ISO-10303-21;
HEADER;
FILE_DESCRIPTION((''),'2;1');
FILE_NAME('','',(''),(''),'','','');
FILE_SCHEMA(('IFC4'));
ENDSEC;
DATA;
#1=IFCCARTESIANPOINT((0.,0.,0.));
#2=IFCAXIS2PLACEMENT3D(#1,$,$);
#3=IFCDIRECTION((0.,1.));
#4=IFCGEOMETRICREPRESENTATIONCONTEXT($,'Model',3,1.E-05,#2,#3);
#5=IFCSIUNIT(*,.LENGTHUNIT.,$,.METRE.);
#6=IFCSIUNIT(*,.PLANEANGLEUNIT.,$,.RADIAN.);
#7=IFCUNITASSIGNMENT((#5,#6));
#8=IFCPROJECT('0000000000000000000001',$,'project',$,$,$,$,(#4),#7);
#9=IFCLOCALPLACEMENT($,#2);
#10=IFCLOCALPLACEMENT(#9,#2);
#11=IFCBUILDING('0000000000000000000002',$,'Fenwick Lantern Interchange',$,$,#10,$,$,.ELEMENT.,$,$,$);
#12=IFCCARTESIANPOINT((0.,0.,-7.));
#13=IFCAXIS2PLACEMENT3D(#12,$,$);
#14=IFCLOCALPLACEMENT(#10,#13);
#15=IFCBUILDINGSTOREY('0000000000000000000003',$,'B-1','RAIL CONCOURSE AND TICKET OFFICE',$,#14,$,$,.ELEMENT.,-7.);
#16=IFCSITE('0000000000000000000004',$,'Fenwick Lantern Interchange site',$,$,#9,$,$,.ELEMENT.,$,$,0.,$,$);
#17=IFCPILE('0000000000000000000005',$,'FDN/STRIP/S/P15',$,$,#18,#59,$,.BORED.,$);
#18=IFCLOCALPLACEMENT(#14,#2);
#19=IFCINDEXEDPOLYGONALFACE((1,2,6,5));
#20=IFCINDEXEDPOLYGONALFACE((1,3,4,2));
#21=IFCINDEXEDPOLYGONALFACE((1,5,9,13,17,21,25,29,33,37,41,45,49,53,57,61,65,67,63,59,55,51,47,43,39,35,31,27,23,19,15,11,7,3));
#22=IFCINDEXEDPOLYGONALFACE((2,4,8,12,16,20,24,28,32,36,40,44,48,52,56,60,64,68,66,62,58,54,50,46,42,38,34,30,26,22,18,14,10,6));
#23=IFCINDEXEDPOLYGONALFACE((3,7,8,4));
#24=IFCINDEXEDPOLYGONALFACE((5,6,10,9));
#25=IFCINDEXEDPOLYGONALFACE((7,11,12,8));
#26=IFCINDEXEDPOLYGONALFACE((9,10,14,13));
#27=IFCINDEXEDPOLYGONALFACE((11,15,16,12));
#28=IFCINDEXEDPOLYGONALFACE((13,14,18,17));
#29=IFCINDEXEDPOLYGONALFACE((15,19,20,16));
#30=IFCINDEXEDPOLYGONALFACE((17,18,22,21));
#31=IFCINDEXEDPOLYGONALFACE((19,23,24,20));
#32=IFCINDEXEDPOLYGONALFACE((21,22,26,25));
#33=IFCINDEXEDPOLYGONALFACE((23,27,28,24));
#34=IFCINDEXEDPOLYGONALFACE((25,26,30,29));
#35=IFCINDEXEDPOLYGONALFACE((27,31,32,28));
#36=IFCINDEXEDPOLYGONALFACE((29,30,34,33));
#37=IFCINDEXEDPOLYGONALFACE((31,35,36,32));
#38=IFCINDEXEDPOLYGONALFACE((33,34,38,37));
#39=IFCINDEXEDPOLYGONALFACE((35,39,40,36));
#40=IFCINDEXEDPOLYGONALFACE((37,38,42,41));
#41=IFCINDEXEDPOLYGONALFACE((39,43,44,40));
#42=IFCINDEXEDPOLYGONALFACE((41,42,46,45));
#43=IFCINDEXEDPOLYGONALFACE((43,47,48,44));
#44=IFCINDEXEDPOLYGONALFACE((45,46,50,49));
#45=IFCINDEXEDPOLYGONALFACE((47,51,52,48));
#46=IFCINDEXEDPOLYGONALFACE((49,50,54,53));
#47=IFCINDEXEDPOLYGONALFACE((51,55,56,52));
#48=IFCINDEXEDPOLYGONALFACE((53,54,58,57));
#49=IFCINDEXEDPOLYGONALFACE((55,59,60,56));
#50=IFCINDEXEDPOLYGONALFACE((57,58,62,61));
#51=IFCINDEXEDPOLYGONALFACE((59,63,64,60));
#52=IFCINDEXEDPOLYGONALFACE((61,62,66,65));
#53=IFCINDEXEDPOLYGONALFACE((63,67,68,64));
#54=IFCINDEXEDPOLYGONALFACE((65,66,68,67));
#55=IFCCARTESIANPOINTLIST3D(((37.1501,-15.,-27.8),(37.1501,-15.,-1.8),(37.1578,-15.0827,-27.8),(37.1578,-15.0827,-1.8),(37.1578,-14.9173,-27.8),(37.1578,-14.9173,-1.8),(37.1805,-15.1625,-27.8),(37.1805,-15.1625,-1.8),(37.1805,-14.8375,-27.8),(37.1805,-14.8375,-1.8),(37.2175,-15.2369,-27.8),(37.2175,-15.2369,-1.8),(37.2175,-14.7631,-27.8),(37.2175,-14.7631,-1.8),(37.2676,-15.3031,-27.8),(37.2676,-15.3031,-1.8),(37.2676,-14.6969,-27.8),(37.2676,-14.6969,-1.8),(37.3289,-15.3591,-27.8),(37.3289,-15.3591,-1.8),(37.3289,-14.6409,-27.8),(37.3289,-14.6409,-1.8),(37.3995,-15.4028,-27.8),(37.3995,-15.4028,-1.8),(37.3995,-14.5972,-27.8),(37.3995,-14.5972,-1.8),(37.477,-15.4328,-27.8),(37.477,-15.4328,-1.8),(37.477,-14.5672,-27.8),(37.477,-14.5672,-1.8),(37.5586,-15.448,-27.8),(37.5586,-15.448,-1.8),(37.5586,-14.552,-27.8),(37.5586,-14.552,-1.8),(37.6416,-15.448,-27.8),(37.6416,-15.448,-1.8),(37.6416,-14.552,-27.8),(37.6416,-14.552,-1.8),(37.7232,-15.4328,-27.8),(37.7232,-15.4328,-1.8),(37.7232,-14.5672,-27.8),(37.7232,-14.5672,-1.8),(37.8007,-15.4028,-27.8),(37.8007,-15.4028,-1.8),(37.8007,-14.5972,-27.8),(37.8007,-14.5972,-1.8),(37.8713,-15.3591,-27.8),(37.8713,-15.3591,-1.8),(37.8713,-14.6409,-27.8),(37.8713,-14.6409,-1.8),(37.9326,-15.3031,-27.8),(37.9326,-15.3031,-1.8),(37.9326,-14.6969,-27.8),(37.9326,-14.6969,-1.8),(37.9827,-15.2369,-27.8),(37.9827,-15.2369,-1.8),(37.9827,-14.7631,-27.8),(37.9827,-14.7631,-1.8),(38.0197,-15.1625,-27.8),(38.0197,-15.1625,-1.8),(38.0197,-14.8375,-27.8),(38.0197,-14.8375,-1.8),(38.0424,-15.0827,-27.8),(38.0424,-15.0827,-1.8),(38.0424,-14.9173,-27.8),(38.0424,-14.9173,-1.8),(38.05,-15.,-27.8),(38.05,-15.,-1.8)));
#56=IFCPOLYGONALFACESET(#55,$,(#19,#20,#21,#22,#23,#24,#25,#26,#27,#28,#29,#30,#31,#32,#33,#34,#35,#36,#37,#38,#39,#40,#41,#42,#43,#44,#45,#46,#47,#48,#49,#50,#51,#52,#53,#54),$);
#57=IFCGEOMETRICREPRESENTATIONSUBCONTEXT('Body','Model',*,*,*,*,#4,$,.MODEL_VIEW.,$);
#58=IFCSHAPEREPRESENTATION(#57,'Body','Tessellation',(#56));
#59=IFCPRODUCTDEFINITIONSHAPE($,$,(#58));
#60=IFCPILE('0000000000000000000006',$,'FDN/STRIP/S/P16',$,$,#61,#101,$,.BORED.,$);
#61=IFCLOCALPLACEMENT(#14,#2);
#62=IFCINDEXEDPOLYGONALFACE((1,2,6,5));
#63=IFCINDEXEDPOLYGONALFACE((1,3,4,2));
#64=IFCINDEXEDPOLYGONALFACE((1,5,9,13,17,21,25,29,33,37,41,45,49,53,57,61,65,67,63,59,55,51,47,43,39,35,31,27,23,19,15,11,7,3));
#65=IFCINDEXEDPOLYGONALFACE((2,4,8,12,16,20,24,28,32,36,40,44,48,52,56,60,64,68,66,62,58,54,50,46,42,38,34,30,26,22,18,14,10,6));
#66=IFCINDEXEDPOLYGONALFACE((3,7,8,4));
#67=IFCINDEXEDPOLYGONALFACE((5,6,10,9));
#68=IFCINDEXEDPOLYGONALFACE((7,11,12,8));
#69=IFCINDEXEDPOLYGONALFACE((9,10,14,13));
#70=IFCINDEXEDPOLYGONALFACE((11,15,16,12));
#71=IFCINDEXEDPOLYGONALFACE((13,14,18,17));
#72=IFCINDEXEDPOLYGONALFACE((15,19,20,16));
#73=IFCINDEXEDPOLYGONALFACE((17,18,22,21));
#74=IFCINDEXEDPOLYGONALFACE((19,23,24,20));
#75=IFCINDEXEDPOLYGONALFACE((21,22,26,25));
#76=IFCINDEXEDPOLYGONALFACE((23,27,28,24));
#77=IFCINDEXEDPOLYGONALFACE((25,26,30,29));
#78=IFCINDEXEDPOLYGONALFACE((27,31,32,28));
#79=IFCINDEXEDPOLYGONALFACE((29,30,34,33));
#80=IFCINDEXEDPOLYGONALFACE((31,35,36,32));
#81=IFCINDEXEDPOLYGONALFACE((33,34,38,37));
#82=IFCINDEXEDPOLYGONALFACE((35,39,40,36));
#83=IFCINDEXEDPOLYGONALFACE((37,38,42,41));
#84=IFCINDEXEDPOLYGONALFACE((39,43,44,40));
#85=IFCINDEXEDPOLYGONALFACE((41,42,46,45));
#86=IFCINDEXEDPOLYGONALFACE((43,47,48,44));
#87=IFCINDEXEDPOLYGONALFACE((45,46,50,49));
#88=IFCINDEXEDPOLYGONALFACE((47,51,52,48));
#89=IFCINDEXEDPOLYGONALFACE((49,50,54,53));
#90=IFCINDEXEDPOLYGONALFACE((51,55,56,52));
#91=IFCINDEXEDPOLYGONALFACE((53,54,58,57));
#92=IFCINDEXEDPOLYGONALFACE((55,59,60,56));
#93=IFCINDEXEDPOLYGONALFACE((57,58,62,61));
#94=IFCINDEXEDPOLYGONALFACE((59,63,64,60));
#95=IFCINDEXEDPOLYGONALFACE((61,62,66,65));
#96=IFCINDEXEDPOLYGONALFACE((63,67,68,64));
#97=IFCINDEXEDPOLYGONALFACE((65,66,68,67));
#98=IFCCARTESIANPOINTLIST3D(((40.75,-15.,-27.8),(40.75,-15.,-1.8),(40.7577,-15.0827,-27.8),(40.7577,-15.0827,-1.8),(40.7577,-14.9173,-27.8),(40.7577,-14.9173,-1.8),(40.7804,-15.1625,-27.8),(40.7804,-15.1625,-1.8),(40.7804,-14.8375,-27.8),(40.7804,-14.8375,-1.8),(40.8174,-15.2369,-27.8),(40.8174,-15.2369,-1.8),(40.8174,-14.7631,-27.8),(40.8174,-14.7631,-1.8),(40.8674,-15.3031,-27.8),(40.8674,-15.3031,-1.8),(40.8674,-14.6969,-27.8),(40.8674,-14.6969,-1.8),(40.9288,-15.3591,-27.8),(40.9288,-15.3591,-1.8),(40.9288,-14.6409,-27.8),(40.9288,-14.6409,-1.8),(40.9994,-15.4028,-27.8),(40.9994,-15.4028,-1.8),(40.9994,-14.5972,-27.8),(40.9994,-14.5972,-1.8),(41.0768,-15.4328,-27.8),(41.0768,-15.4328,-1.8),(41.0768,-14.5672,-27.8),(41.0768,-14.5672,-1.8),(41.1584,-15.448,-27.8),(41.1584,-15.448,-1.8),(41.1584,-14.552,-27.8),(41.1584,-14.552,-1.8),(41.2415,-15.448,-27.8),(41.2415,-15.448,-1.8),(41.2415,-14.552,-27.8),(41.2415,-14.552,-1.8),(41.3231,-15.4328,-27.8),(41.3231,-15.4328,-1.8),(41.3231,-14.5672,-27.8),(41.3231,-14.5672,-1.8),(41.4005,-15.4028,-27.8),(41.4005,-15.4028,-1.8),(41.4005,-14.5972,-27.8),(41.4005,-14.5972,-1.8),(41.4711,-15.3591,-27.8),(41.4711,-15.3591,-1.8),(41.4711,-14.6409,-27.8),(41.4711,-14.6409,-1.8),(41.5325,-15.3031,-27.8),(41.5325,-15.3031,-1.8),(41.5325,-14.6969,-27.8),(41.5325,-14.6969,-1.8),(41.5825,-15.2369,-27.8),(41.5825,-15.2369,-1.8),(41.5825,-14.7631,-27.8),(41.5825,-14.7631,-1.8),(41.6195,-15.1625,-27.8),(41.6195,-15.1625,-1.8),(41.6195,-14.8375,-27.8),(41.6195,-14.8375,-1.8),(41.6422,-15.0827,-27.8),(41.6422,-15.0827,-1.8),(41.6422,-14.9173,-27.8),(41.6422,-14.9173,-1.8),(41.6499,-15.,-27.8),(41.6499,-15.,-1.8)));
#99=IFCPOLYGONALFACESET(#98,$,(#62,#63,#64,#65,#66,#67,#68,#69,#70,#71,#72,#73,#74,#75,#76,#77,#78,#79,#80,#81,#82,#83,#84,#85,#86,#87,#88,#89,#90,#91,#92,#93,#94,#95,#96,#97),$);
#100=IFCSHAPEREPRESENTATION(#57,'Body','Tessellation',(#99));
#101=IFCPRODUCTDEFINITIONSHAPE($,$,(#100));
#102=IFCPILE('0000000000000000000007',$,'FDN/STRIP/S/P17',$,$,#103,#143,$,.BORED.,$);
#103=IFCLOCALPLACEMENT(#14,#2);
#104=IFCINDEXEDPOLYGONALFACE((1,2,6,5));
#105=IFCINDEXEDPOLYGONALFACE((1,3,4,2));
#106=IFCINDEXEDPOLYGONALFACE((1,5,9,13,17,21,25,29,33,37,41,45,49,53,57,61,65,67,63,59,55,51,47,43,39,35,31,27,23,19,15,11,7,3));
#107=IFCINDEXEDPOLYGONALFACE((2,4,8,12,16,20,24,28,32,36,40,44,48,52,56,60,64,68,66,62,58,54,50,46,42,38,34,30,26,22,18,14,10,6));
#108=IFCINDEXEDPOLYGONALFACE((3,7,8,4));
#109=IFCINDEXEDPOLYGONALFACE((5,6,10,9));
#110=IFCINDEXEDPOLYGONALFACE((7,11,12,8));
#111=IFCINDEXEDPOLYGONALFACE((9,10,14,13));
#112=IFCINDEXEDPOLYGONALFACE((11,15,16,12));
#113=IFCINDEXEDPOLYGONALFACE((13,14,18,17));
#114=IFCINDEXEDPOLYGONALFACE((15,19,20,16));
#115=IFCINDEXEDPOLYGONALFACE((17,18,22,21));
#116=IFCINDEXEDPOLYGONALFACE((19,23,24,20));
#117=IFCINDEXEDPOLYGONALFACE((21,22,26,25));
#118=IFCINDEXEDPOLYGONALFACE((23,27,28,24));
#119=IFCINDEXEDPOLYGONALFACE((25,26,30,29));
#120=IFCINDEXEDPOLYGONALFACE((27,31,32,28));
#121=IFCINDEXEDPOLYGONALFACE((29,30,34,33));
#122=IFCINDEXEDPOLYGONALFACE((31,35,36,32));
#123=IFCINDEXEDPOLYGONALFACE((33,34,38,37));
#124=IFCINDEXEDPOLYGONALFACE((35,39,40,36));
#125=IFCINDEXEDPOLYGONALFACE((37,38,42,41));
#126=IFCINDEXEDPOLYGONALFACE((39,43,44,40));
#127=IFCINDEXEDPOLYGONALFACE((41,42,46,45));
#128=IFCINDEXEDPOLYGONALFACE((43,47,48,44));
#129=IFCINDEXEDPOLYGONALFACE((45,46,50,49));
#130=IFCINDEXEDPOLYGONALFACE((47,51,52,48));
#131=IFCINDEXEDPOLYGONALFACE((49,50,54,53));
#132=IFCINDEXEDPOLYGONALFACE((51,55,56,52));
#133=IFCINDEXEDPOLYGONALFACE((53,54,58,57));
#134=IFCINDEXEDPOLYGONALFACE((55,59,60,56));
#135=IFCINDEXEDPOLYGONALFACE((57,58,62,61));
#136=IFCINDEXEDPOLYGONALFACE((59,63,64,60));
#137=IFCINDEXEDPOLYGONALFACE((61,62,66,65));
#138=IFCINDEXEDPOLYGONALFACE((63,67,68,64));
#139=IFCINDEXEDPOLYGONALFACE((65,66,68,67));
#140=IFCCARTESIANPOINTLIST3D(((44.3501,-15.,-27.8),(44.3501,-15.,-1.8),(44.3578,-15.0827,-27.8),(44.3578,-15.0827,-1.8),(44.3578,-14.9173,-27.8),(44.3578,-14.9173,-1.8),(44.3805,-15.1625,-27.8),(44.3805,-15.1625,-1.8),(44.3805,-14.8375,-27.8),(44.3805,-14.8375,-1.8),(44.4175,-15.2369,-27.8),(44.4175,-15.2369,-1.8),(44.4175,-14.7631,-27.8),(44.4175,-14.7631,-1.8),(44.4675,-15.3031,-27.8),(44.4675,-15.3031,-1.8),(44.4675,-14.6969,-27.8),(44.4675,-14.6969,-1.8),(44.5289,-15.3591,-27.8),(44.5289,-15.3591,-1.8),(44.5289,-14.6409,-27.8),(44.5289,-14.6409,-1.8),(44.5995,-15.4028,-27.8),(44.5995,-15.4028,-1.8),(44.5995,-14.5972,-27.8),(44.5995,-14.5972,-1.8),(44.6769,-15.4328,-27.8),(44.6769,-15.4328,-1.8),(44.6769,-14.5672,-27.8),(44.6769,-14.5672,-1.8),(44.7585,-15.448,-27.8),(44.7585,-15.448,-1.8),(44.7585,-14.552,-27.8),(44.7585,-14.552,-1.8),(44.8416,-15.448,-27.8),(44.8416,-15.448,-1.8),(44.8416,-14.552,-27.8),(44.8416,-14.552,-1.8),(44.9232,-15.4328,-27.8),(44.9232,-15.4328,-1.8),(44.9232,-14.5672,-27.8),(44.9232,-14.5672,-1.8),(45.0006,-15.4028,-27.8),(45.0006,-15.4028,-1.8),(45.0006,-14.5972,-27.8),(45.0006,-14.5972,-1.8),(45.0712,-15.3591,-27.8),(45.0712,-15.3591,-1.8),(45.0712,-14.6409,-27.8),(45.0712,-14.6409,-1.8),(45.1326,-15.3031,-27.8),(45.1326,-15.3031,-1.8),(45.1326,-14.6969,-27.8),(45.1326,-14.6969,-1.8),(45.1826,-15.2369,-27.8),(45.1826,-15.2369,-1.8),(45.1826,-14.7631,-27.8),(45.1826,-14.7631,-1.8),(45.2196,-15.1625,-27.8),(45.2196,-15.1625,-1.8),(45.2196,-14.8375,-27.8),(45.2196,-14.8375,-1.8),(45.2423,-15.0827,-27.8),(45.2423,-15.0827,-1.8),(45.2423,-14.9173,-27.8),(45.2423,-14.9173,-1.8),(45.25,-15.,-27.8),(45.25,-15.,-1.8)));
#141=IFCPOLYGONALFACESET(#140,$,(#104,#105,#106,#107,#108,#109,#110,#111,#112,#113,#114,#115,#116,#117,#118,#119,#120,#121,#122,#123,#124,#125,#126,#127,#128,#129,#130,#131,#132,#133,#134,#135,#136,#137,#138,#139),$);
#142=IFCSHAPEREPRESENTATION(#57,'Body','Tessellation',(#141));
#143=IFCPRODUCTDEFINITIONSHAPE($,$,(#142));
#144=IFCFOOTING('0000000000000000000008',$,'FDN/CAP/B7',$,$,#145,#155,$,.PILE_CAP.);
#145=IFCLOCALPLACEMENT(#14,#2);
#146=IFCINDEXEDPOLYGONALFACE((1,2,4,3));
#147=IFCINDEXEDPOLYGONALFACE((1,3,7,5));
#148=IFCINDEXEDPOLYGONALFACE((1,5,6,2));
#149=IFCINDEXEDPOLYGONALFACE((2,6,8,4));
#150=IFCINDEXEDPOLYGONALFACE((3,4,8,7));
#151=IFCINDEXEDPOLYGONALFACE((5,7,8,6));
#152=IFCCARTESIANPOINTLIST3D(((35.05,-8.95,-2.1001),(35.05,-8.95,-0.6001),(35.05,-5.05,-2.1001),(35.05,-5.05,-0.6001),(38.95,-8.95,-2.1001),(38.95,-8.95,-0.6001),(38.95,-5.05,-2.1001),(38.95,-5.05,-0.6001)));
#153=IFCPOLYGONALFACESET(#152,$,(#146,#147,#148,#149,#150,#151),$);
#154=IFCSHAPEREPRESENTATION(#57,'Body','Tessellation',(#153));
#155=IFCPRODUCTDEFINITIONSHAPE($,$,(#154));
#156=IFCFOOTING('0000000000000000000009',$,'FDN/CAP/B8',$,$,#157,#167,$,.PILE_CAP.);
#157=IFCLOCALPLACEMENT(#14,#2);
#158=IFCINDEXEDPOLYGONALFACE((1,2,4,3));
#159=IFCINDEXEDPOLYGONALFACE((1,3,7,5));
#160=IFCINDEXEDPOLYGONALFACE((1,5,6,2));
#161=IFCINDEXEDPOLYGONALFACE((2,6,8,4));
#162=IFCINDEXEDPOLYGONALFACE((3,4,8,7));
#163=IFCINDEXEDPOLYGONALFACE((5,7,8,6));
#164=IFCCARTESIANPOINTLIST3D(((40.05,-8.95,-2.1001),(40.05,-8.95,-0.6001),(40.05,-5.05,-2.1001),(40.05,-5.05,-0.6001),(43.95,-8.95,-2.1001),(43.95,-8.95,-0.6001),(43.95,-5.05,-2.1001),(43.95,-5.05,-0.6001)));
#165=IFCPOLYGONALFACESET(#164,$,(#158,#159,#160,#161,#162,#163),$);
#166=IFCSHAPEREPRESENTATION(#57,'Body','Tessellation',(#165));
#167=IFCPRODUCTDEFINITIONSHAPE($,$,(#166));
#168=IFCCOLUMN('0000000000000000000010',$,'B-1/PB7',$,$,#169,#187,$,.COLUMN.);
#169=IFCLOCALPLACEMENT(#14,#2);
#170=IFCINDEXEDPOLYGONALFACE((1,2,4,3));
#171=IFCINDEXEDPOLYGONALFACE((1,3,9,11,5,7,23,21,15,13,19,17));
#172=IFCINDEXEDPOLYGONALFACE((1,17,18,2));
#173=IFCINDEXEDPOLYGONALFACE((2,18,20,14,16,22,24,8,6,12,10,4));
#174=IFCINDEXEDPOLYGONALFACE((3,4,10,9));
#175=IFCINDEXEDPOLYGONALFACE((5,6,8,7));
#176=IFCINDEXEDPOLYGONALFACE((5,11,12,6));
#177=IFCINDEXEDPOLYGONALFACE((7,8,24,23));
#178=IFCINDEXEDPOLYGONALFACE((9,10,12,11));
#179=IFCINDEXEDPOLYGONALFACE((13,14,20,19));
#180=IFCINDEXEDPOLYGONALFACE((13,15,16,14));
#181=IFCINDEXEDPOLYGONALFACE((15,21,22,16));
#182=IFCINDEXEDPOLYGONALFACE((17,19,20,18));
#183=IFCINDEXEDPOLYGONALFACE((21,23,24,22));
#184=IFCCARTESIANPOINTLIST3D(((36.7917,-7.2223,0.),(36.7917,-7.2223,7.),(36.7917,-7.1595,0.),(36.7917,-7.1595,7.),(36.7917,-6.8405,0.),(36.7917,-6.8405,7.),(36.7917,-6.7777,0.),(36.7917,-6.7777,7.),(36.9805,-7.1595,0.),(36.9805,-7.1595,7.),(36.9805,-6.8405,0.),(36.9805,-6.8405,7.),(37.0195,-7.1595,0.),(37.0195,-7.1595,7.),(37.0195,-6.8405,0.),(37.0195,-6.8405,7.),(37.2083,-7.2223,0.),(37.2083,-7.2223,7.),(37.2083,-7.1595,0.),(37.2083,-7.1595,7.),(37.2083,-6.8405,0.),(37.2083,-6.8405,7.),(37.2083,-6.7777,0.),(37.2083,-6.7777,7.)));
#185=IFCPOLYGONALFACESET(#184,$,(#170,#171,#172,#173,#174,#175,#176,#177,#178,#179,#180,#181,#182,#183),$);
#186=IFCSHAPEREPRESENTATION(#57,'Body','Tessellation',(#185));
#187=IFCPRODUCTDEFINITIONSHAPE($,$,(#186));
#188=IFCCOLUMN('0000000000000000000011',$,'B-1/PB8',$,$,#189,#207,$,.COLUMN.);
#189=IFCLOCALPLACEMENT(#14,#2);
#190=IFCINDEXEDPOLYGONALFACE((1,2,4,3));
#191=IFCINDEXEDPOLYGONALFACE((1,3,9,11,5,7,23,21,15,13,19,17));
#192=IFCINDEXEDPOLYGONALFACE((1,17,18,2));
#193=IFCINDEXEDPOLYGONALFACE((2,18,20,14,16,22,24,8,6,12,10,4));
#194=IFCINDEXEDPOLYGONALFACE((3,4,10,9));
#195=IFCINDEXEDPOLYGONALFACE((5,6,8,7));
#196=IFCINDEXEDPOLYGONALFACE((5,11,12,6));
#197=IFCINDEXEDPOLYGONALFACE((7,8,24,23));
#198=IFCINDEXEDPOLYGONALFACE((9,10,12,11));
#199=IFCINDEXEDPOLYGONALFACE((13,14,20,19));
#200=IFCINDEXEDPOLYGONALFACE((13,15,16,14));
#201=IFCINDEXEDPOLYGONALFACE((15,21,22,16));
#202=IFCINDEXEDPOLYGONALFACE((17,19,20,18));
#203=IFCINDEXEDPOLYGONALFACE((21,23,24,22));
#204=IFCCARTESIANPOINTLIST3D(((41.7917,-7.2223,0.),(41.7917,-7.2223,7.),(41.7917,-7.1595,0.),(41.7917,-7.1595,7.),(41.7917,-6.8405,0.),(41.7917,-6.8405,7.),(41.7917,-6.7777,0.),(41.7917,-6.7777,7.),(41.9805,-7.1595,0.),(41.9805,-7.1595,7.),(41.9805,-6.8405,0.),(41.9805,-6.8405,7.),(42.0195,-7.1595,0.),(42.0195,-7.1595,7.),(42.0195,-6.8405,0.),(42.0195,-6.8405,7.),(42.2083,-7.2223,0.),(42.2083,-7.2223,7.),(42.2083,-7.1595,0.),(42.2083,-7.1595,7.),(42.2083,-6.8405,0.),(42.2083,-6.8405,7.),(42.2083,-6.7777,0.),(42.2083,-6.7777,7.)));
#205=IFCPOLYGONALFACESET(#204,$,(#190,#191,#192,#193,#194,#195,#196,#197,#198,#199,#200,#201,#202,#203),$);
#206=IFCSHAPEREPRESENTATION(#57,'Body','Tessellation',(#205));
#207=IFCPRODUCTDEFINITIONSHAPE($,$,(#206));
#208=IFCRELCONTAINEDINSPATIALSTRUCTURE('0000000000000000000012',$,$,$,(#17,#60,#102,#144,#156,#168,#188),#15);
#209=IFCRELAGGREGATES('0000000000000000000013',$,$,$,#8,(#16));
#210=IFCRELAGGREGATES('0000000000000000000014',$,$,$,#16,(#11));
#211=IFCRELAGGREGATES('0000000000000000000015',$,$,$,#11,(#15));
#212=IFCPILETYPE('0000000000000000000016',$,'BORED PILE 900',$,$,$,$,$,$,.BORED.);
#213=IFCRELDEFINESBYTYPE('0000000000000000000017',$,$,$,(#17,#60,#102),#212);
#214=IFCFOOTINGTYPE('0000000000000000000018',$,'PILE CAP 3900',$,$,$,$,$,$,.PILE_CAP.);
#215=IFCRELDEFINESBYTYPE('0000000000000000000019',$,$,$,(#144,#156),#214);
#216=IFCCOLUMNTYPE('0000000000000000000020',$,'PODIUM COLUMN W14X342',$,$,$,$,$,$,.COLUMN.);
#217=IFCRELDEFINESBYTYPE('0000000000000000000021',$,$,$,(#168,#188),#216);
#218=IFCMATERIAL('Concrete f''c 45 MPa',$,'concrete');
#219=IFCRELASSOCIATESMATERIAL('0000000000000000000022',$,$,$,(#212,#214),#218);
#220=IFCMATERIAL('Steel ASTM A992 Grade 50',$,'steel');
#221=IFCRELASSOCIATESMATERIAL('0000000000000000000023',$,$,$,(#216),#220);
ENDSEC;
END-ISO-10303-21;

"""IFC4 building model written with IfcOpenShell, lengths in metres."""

from ifc_helpers import new_model, si_unit, direction, frame, origin, origin_2d, place, context, subcontext, project, spatial, rectangle, circle, i_section, extrude, material, material_profile, profile_set, type_object, element, save


model = new_model("IFC4")

# Units and contexts
model_context = context("Model", 3, precision=1e-05, world=origin(), true_north=direction((0.0, 1.0)))
body_context = subcontext(model_context, "Body", "Model", "MODEL_VIEW")
ifc_project = project(units=[si_unit("LENGTHUNIT", "METRE"), si_unit("PLANEANGLEUNIT", "RADIAN")], contexts=[model_context])

# Site, building, storey
site_placement = place(None, origin())
site = spatial("IfcSite", under=ifc_project, at=site_placement, Name="Fenwick Lantern Interchange site", CompositionType="ELEMENT", RefElevation=0.0)
building_placement = place(site_placement, origin())
building = spatial("IfcBuilding", under=site, at=building_placement, Name="Fenwick Lantern Interchange", CompositionType="ELEMENT")
storey_placement = place(building_placement, frame((0.0, 0.0, -7.0)))
storey = spatial("IfcBuildingStorey", under=building, at=storey_placement, Name="B-1", Description="RAIL CONCOURSE AND TICKET OFFICE", CompositionType="ELEMENT", Elevation=-7.0)

# Piles
ifc_material_1 = material(Name="Concrete f'c 45 MPa", Category="concrete")
pile_type_1 = type_object("IfcPileType", Name="BORED PILE 900", PredefinedType="BORED", material=ifc_material_1)
for number, where, z_axis, x_axis, name in (
    (1, (37.6001, -15.0, -1.8), (0.0, 0.0, -1.0), (1.0, 0.0, 0.0), "FDN/STRIP/S/P15"),
    (2, (41.2, -15.0, -1.8), (0.0, 0.0, -1.0), (1.0, 0.0, 0.0), "FDN/STRIP/S/P16"),
    (3, (44.8, -15.0, -1.8), (0.0, 0.0, -1.0), (1.0, 0.0, 0.0), "FDN/STRIP/S/P17"),
):
    element("IfcPile", number, at=place(storey_placement, frame(where, z_axis=z_axis, x_axis=x_axis)), inside=storey, type_object=pile_type_1, Name=name, PredefinedType="BORED", context=body_context, shape_type="SweptSolid", body=[
        extrude(circle(Radius=0.45, at=origin_2d()), origin(), (0.0, 0.0, 1.0), 26.0),
    ])

# Footings
footing_type = type_object("IfcFootingType", Name="PILE CAP 3900", PredefinedType="PILE_CAP", material=ifc_material_1)
for number, where, z_axis, x_axis, name in (
    (4, (37.0, -7.0, -2.1001), (0.0, 0.0, 1.0), (1.0, 0.0, 0.0), "FDN/CAP/B7"),
    (5, (42.0, -7.0, -2.1001), (0.0, 0.0, 1.0), (1.0, 0.0, 0.0), "FDN/CAP/B8"),
):
    element("IfcFooting", number, at=place(storey_placement, frame(where, z_axis=z_axis, x_axis=x_axis)), inside=storey, type_object=footing_type, Name=name, PredefinedType="PILE_CAP", context=body_context, shape_type="SweptSolid", body=[
        extrude(rectangle(XDim=3.8999, YDim=3.8999, at=origin_2d()), origin(), (0.0, 0.0, 1.0), 1.5),
    ])

# Columns
ifc_material_2 = material(Name="Steel ASTM A992 Grade 50", Category="steel")
ifc_material_profile = material_profile(ifc_material_2, i_section(OverallWidth=0.4165, OverallDepth=0.4446, WebThickness=0.0391, FlangeThickness=0.0627, at=origin_2d()), Name="W14X342")
ifc_profile_set = profile_set([ifc_material_profile], Name="Steel ASTM A992 Grade 50")
column_type = type_object("IfcColumnType", Name="PODIUM COLUMN W14X342", PredefinedType="COLUMN", material=ifc_profile_set)
for number, where, z_axis, x_axis, name in (
    (6, (37.0, -7.0, 0.0), (0.0, 0.0, 1.0), (1.0, 0.0, 0.0), "B-1/PB7"),
    (7, (42.0, -7.0, 0.0), (0.0, 0.0, 1.0), (1.0, 0.0, 0.0), "B-1/PB8"),
):
    element("IfcColumn", number, at=place(storey_placement, frame(where, z_axis=z_axis, x_axis=x_axis)), inside=storey, type_object=column_type, Name=name, PredefinedType="COLUMN", context=body_context, shape_type="SweptSolid", body=[
        extrude(i_section(OverallWidth=0.4165, OverallDepth=0.4446, WebThickness=0.0391, FlangeThickness=0.0627, at=origin_2d()), origin(), (0.0, 0.0, 1.0), 7.0),
    ])

save(model, "model.ifc")
